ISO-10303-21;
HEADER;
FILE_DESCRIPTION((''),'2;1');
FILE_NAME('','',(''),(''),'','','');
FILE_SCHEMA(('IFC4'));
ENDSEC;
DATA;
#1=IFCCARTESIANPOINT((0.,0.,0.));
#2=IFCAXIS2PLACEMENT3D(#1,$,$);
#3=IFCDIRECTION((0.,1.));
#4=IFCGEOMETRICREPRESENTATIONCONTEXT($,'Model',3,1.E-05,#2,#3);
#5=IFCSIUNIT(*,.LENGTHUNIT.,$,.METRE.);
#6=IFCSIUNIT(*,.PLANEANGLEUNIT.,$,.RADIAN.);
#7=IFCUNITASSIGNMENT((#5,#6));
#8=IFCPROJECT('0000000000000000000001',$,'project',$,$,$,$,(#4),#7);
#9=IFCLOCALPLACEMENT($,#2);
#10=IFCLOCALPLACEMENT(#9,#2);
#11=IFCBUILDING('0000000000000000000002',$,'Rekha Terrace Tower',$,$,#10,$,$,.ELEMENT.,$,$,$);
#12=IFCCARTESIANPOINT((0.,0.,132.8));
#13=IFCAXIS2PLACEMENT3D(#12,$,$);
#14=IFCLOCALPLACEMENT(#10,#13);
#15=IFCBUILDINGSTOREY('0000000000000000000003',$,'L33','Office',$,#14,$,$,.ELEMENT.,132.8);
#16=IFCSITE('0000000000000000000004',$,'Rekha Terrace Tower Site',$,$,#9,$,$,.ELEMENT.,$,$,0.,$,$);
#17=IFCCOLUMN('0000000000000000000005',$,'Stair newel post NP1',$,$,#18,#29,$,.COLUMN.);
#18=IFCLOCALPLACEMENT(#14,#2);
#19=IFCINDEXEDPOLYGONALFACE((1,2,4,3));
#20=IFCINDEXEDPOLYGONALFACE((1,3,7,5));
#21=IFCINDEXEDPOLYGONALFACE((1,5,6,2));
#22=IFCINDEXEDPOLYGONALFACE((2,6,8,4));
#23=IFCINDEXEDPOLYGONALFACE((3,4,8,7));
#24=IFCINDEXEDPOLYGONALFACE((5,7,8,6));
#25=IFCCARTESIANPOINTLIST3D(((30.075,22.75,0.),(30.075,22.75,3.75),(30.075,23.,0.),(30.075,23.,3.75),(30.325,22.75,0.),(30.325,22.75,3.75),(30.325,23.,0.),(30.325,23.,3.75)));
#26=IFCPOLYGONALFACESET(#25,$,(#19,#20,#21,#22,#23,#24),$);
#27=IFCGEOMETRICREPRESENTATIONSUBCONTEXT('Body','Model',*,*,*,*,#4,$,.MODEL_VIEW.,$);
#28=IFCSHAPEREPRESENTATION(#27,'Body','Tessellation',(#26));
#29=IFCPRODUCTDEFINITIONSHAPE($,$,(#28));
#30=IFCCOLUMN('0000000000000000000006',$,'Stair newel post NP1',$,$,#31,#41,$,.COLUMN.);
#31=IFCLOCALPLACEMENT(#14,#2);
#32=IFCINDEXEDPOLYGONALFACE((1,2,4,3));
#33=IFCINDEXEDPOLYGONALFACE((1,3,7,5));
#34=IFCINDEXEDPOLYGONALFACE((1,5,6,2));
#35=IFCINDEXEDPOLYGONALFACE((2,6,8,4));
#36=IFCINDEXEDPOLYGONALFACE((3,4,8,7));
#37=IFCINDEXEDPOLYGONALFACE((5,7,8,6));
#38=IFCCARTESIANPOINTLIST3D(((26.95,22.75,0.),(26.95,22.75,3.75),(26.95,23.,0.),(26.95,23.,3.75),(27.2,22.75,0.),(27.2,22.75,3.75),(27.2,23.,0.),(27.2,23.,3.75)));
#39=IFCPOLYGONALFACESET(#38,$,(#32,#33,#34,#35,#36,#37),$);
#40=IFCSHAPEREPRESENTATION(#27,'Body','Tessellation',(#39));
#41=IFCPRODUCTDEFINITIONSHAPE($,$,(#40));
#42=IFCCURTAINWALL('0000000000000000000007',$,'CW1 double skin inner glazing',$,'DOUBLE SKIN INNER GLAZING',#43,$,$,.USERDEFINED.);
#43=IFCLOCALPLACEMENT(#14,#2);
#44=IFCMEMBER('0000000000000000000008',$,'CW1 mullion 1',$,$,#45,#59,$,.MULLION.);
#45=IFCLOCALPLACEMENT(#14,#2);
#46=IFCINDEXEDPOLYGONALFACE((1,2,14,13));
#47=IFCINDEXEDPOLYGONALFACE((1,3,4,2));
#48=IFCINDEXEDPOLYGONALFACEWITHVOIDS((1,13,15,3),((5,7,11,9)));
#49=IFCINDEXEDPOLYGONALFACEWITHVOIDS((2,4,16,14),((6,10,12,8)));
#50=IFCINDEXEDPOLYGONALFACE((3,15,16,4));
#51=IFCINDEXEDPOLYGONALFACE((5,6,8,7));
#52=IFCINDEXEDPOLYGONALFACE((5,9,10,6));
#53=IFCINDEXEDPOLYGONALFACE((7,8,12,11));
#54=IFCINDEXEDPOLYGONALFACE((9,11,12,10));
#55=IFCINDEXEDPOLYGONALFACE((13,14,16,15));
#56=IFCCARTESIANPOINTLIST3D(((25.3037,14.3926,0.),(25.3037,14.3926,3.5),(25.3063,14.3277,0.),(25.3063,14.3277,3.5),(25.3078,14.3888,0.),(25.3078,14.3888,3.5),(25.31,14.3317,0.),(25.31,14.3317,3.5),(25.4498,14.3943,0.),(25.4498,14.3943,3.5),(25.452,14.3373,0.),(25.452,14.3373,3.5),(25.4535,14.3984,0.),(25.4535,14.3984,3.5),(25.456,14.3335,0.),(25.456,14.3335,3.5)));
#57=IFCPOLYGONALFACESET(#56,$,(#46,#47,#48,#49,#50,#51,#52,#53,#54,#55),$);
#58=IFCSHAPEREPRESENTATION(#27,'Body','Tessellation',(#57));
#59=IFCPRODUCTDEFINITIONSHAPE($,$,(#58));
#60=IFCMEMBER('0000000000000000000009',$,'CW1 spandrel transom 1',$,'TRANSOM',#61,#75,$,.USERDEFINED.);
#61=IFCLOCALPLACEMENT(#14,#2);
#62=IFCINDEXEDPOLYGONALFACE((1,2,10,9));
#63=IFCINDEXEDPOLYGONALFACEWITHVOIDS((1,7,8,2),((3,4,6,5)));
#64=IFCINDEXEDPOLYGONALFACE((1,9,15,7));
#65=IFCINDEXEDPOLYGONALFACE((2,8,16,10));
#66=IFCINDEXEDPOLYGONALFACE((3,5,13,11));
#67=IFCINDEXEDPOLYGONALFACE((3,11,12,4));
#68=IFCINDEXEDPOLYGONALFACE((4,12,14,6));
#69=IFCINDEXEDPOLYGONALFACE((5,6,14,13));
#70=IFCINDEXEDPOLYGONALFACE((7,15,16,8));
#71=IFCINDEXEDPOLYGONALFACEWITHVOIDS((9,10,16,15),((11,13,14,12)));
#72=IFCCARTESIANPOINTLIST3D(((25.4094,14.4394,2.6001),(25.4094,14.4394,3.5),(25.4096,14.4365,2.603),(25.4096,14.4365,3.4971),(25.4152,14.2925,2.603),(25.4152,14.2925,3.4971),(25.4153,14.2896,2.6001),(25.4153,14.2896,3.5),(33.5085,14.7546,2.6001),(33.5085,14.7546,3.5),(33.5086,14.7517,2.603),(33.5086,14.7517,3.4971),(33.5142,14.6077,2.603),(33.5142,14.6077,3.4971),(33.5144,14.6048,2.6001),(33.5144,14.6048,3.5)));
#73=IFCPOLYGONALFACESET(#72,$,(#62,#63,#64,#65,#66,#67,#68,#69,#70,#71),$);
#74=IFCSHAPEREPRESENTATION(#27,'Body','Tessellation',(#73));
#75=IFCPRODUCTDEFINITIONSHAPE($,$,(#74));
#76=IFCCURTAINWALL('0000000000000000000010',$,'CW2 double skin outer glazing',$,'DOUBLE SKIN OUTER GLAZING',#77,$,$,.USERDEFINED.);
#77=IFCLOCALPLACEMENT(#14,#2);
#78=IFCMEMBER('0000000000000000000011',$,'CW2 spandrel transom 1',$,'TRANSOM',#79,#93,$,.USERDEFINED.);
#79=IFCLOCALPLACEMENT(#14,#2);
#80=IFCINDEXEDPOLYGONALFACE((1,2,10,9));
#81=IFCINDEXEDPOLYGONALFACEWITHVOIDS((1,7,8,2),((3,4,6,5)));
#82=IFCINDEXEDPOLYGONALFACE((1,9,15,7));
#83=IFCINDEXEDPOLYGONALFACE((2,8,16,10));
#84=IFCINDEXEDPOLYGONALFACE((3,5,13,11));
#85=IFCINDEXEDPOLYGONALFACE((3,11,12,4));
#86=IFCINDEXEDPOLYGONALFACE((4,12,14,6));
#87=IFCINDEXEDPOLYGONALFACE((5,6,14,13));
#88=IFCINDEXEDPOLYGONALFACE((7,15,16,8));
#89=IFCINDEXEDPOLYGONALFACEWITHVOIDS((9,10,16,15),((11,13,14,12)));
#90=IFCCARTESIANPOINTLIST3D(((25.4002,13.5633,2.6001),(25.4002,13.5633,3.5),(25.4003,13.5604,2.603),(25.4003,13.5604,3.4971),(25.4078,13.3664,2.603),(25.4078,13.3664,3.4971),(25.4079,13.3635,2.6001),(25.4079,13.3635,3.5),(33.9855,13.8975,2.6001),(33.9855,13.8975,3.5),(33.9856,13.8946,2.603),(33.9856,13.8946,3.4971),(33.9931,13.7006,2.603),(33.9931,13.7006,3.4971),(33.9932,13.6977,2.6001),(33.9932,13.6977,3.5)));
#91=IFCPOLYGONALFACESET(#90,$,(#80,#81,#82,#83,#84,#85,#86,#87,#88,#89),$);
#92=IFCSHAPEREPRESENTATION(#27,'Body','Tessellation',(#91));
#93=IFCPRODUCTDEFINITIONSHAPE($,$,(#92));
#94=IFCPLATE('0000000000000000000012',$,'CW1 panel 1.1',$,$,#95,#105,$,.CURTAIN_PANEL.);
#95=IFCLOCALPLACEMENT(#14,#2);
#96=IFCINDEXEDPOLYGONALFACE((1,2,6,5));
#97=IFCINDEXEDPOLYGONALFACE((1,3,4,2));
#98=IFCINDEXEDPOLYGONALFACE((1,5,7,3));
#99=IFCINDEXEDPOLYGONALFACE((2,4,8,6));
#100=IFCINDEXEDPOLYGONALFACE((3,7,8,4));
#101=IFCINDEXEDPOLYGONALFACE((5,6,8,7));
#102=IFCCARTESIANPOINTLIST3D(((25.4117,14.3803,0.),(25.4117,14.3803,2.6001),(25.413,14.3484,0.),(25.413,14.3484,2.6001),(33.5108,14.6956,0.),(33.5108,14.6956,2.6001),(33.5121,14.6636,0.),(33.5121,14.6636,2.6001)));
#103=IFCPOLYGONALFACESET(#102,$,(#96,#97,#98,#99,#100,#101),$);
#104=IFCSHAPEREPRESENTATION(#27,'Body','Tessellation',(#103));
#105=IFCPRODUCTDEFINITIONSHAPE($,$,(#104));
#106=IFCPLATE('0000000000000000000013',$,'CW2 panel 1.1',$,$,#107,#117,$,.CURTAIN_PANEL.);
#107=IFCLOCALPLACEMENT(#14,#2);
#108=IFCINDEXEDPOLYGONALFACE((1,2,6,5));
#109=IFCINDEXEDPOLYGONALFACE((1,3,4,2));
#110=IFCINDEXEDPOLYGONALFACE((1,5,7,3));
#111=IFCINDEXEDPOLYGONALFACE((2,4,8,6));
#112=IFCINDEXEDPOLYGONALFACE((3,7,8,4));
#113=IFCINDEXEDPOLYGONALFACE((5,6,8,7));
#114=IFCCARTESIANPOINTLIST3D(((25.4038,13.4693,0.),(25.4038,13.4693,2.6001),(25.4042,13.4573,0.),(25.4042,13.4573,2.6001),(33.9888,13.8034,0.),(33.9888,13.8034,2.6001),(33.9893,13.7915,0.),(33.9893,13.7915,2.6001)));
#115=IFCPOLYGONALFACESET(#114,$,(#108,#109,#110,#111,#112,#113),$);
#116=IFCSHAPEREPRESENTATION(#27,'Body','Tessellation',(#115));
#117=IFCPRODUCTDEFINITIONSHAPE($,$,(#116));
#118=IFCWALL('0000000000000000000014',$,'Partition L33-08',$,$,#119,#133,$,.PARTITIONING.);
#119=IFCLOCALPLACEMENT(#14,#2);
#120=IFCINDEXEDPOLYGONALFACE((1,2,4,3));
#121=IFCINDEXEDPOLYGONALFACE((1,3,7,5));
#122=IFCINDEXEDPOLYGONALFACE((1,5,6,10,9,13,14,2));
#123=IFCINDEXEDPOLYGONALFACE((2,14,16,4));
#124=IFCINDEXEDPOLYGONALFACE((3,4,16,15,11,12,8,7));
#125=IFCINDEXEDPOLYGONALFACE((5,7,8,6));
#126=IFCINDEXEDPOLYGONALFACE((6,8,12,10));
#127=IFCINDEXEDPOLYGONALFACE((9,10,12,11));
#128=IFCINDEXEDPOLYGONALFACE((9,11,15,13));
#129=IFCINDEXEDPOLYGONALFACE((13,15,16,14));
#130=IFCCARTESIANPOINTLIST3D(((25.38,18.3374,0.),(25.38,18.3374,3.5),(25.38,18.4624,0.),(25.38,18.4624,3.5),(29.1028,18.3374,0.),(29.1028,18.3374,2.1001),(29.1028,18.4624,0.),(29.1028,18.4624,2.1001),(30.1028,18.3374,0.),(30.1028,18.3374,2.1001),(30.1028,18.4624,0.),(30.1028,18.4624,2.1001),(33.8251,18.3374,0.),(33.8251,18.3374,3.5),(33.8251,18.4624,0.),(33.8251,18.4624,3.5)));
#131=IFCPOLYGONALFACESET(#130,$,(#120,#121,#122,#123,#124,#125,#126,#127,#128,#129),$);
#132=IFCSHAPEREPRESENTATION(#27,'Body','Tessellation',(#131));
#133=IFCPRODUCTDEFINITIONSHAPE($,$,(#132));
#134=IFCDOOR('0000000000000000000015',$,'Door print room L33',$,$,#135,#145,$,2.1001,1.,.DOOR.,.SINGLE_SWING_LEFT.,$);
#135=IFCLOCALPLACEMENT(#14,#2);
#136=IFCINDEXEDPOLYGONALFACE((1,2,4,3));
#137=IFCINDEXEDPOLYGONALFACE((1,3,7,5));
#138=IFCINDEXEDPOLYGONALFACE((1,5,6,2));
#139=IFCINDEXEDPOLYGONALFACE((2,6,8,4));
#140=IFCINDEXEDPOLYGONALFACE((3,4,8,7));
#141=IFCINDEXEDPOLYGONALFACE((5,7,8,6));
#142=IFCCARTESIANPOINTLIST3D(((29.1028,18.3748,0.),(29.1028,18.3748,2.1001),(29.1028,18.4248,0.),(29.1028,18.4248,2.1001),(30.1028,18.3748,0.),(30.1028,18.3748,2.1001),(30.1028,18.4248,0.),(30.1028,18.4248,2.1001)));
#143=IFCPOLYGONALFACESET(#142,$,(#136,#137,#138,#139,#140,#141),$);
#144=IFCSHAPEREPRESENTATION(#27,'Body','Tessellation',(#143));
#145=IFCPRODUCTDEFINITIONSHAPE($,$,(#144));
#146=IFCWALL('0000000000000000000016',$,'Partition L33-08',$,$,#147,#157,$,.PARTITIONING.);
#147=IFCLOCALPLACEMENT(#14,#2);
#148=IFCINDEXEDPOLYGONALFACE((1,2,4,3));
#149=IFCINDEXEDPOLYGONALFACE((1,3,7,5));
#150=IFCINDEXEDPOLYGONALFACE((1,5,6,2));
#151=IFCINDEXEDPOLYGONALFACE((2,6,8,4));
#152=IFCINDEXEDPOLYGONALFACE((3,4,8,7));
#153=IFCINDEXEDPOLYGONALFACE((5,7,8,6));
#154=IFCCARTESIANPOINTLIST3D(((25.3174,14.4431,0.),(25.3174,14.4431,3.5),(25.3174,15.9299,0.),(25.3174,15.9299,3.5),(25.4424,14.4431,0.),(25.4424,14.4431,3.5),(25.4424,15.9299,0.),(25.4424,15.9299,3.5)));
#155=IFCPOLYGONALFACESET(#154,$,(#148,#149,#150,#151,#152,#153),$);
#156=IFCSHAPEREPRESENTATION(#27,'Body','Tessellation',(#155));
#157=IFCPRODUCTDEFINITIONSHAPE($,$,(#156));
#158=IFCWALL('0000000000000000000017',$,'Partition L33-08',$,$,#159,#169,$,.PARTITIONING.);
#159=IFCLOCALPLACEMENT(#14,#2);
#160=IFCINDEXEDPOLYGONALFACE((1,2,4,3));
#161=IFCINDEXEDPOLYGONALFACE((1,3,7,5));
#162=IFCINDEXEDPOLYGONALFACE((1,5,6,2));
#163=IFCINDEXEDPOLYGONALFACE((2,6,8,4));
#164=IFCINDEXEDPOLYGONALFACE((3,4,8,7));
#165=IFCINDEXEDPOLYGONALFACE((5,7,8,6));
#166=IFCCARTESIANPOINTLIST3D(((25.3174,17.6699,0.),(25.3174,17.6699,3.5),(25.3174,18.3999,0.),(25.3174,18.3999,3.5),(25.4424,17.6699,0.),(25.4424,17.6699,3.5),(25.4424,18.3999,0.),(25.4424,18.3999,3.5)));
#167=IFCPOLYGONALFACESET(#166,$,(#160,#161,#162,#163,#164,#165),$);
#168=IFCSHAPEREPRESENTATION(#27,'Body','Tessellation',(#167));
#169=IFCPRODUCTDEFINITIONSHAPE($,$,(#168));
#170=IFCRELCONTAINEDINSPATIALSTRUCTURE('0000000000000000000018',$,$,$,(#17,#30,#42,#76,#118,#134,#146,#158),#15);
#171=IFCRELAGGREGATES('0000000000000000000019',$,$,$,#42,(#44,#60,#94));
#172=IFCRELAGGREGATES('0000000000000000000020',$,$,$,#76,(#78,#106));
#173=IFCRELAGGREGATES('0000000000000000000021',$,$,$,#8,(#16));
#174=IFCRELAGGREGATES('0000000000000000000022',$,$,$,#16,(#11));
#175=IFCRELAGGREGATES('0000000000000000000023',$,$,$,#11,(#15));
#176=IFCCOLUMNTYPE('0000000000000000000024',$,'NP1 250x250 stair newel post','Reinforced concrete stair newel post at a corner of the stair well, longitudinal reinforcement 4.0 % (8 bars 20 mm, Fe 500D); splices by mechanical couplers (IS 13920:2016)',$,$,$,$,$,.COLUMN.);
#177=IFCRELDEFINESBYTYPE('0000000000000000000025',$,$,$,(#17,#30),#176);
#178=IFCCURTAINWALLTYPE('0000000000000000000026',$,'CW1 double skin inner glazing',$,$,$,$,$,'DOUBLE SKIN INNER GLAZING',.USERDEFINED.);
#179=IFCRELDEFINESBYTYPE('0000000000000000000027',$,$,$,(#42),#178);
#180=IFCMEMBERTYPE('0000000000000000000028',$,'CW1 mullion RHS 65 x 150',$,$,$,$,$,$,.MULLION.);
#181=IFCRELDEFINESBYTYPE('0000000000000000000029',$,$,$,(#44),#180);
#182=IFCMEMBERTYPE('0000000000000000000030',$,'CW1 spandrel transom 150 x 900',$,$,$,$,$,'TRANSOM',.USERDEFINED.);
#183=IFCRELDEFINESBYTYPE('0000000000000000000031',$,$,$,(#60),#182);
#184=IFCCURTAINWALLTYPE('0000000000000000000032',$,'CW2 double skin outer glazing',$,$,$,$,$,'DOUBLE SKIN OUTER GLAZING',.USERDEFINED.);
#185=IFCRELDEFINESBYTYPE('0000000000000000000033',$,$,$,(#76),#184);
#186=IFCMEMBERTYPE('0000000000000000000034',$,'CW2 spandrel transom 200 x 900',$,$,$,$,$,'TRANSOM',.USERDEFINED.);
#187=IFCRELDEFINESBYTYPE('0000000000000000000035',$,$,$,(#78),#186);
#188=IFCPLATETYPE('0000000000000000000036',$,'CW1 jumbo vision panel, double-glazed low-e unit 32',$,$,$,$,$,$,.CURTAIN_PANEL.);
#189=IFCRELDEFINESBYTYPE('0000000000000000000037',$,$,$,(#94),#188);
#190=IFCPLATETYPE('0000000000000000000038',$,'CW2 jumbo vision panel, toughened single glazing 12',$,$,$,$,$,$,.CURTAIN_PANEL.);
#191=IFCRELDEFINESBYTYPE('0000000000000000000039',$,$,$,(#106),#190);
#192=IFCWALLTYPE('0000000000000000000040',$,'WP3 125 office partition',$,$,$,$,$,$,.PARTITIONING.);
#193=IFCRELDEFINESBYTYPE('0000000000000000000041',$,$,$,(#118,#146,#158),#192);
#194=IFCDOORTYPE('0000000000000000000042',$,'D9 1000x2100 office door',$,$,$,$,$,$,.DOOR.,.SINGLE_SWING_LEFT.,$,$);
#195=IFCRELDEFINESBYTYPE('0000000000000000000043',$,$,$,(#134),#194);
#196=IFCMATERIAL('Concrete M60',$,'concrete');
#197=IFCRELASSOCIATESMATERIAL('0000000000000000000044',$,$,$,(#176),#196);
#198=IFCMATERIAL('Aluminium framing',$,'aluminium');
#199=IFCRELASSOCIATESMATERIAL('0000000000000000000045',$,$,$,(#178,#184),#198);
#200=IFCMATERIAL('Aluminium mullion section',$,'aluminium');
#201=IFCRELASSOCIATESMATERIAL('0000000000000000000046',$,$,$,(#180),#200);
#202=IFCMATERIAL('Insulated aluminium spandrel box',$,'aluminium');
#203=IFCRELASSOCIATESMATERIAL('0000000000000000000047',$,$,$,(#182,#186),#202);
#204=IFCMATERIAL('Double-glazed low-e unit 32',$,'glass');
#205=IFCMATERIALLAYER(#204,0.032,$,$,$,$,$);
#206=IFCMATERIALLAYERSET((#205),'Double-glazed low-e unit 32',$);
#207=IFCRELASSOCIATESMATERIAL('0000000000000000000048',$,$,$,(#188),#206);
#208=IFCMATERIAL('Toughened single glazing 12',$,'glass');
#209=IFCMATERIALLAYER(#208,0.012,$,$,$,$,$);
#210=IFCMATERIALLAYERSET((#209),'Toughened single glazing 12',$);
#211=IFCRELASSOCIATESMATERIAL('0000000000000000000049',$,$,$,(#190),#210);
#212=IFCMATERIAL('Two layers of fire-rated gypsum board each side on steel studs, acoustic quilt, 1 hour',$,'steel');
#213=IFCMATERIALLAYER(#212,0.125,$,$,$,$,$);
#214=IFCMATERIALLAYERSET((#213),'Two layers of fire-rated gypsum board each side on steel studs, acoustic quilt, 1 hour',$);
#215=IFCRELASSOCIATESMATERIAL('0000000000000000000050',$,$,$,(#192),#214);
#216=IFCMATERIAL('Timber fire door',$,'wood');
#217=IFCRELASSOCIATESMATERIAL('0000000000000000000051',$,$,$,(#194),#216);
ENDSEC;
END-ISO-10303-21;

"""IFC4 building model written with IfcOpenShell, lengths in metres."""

from ifc_helpers import new_model, si_unit, direction, frame, frame_2d, origin, origin_2d, place, context, subcontext, project, spatial, rectangle, hollow_rectangle, extrude, material, layer, layer_set, material_profile, profile_set, type_object, element, fill, aggregate, save


model = new_model("IFC4")

# Units and contexts
model_context = context("Model", 3, precision=1e-05, world=origin(), true_north=direction((0.0, 1.0)))
body_context = subcontext(model_context, "Body", "Model", "MODEL_VIEW")
ifc_project = project(units=[si_unit("LENGTHUNIT", "METRE"), si_unit("PLANEANGLEUNIT", "RADIAN")], contexts=[model_context])

# Site, building, storey
site_placement = place(None, origin())
site = spatial("IfcSite", under=ifc_project, at=site_placement, Name="Rekha Terrace Tower Site", CompositionType="ELEMENT", RefElevation=0.0)
building_placement = place(site_placement, origin())
building = spatial("IfcBuilding", under=site, at=building_placement, Name="Rekha Terrace Tower", CompositionType="ELEMENT")
storey_placement = place(building_placement, frame((0.0, 0.0, 132.8)))
storey = spatial("IfcBuildingStorey", under=building, at=storey_placement, Name="L33", Description="Office", CompositionType="ELEMENT", Elevation=132.8)

# Columns
ifc_material_1 = material(Name="Concrete M60", Category="concrete")
ifc_material_profile_1 = material_profile(ifc_material_1, rectangle(XDim=0.25, YDim=0.25, at=origin_2d()), Name="RC 250x250")
ifc_profile_set_1 = profile_set([ifc_material_profile_1], Name="Concrete M60")
column_type = type_object("IfcColumnType", Name="NP1 250x250 stair newel post", Description="Reinforced concrete stair newel post at a corner of the stair well, longitudinal reinforcement 4.0 % (8 bars 20 mm, Fe 500D); splices by mechanical couplers (IS 13920:2016)", PredefinedType="COLUMN", material=ifc_profile_set_1)
for number, where, z_axis, x_axis, name in (
    (1, (30.2, 22.875, 0.0), (0.0, 0.0, 1.0), (1.0, 0.0, 0.0), "Stair newel post NP1"),
    (2, (27.075, 22.875, 0.0), (0.0, 0.0, 1.0), (1.0, 0.0, 0.0), "Stair newel post NP1"),
):
    element("IfcColumn", number, at=place(storey_placement, frame(where, z_axis=z_axis, x_axis=x_axis)), inside=storey, type_object=column_type, Name=name, PredefinedType="COLUMN", context=body_context, shape_type="SweptSolid", body=[
        extrude(rectangle(XDim=0.25, YDim=0.25, at=origin_2d()), origin(), (0.0, 0.0, 1.0), 3.75),
    ])

# Curtain wall, members
ifc_material_2 = material(Name="Aluminium framing", Category="aluminium")
curtain_wall_type_1 = type_object("IfcCurtainWallType", Name="CW1 double skin inner glazing", ElementType="DOUBLE SKIN INNER GLAZING", PredefinedType="USERDEFINED", material=ifc_material_2)
curtain_wall_1_placement = place(storey_placement, origin())
curtain_wall_1 = element("IfcCurtainWall", 3, at=curtain_wall_1_placement, inside=storey, type_object=curtain_wall_type_1, Name="CW1 double skin inner glazing", ObjectType="DOUBLE SKIN INNER GLAZING", PredefinedType="USERDEFINED")
ifc_material_3 = material(Name="Aluminium mullion section", Category="aluminium")
ifc_material_profile_2 = material_profile(ifc_material_3, hollow_rectangle(XDim=0.0649, YDim=0.1499, WallThickness=0.0039, at=origin_2d()), Name="AL RHS 65x150")
ifc_profile_set_2 = profile_set([ifc_material_profile_2], Name="Aluminium mullion section")
member_type_1 = type_object("IfcMemberType", Name="CW1 mullion RHS 65 x 150", PredefinedType="MULLION", material=ifc_profile_set_2)
member_1_placement = place(storey_placement, frame((25.3799, 14.363, 0.0), z_axis=(0.0, 0.0, 1.0), x_axis=(-0.03889, 0.999243, 0.0)))
member_1 = element("IfcMember", 4, at=member_1_placement, type_object=member_type_1, Name="CW1 mullion 1", PredefinedType="MULLION", context=body_context, shape_type="SweptSolid", body=[
    extrude(hollow_rectangle(XDim=0.0649, YDim=0.1499, WallThickness=0.0039, at=origin_2d()), origin(), (0.0, 0.0, 1.0), 3.5),
])
ifc_material_4 = material(Name="Insulated aluminium spandrel box", Category="aluminium")
ifc_material_profile_3 = material_profile(ifc_material_4, hollow_rectangle(XDim=0.1499, YDim=0.8999, WallThickness=0.0029, at=origin_2d()), Name="AL SPANDREL BOX 150x900")
ifc_profile_set_3 = profile_set([ifc_material_profile_3], Name="Insulated aluminium spandrel box")
member_type_2 = type_object("IfcMemberType", Name="CW1 spandrel transom 150 x 900", ElementType="TRANSOM", PredefinedType="USERDEFINED", material=ifc_profile_set_3)
member_2_placement = place(storey_placement, frame((25.4124, 14.3645, 3.05), z_axis=(0.999244, 0.038887, 0.0), x_axis=(-0.038887, 0.999244, 0.0)))
member_2 = element("IfcMember", 5, at=member_2_placement, type_object=member_type_2, Name="CW1 spandrel transom 1", ObjectType="TRANSOM", PredefinedType="USERDEFINED", context=body_context, shape_type="SweptSolid", body=[
    extrude(hollow_rectangle(XDim=0.1499, YDim=0.8999, WallThickness=0.0029, at=origin_2d()), origin(), (0.0, 0.0, 1.0), 8.1052),
])

# Curtain wall, member
curtain_wall_type_2 = type_object("IfcCurtainWallType", Name="CW2 double skin outer glazing", ElementType="DOUBLE SKIN OUTER GLAZING", PredefinedType="USERDEFINED", material=ifc_material_2)
curtain_wall_2_placement = place(storey_placement, origin())
curtain_wall_2 = element("IfcCurtainWall", 6, at=curtain_wall_2_placement, inside=storey, type_object=curtain_wall_type_2, Name="CW2 double skin outer glazing", ObjectType="DOUBLE SKIN OUTER GLAZING", PredefinedType="USERDEFINED")
ifc_material_profile_4 = material_profile(ifc_material_4, hollow_rectangle(XDim=0.2, YDim=0.8999, WallThickness=0.0029, at=origin_2d()), Name="AL SPANDREL BOX 200x900")
ifc_profile_set_4 = profile_set([ifc_material_profile_4], Name="Insulated aluminium spandrel box")
member_type_3 = type_object("IfcMemberType", Name="CW2 spandrel transom 200 x 900", ElementType="TRANSOM", PredefinedType="USERDEFINED", material=ifc_profile_set_4)
member_3_placement = place(storey_placement, frame((25.4041, 13.4634, 3.05), z_axis=(0.999243, 0.038901, 0.0), x_axis=(-0.038901, 0.999243, 0.0)))
member_3 = element("IfcMember", 7, at=member_3_placement, type_object=member_type_3, Name="CW2 spandrel transom 1", ObjectType="TRANSOM", PredefinedType="USERDEFINED", context=body_context, shape_type="SweptSolid", body=[
    extrude(hollow_rectangle(XDim=0.2, YDim=0.8999, WallThickness=0.0029, at=origin_2d()), origin(), (0.0, 0.0, 1.0), 8.5918),
])

# Plates
ifc_material_5 = material(Name="Double-glazed low-e unit 32", Category="glass")
ifc_layer_1 = layer(ifc_material_5, 0.032)
ifc_layer_set_1 = layer_set([ifc_layer_1], Name="Double-glazed low-e unit 32")
plate_type_1 = type_object("IfcPlateType", Name="CW1 jumbo vision panel, double-glazed low-e unit 32", PredefinedType="CURTAIN_PANEL", material=ifc_layer_set_1)
plate_1_placement = place(storey_placement, frame((29.4619, 14.522, 0.0), z_axis=(0.0, 0.0, 1.0), x_axis=(0.999243, 0.03889, 0.0)))
plate_1 = element("IfcPlate", 8, at=plate_1_placement, type_object=plate_type_1, Name="CW1 panel 1.1", PredefinedType="CURTAIN_PANEL", context=body_context, shape_type="SweptSolid", body=[
    extrude(rectangle(XDim=8.1052, YDim=0.032, at=origin_2d()), origin(), (0.0, 0.0, 1.0), 2.6001),
])
aggregate(curtain_wall_1, [member_1, member_2, plate_1])
ifc_material_6 = material(Name="Toughened single glazing 12", Category="glass")
ifc_layer_2 = layer(ifc_material_6, 0.012)
ifc_layer_set_2 = layer_set([ifc_layer_2], Name="Toughened single glazing 12")
plate_type_2 = type_object("IfcPlateType", Name="CW2 jumbo vision panel, toughened single glazing 12", PredefinedType="CURTAIN_PANEL", material=ifc_layer_set_2)
plate_2_placement = place(storey_placement, frame((29.6965, 13.6304, 0.0), z_axis=(0.0, 0.0, 1.0), x_axis=(0.999243, 0.03889, 0.0)))
plate_2 = element("IfcPlate", 9, at=plate_2_placement, type_object=plate_type_2, Name="CW2 panel 1.1", PredefinedType="CURTAIN_PANEL", context=body_context, shape_type="SweptSolid", body=[
    extrude(rectangle(XDim=8.5916, YDim=0.012, at=origin_2d()), origin(), (0.0, 0.0, 1.0), 2.6001),
])
aggregate(curtain_wall_2, [member_3, plate_2])

# Wall, opening, door
ifc_material_7 = material(Name="Two layers of fire-rated gypsum board each side on steel studs, acoustic quilt, 1 hour", Category="steel")
ifc_layer_3 = layer(ifc_material_7, 0.125)
ifc_layer_set_3 = layer_set([ifc_layer_3], Name="Two layers of fire-rated gypsum board each side on steel studs, acoustic quilt, 1 hour")
wall_type = type_object("IfcWallType", Name="WP3 125 office partition", PredefinedType="PARTITIONING", material=ifc_layer_set_3)
wall_1_placement = place(storey_placement, frame((25.3799, 18.3999, 0.0), z_axis=(0.0, 0.0, 1.0), x_axis=(1.0, 0.0, 0.0)))
wall_1 = element("IfcWall", 10, at=wall_1_placement, inside=storey, type_object=wall_type, Name="Partition L33-08", PredefinedType="PARTITIONING", context=body_context, shape_type="SweptSolid", body=[
    extrude(rectangle(XDim=8.4451, YDim=0.125, at=frame_2d((4.2227, 0.0))), origin(), (0.0, 0.0, 1.0), 3.5),
])
opening_placement = place(wall_1_placement, frame((3.7229, 0.0, 0.0)))
opening = element("IfcOpeningElement", 11, at=opening_placement, cuts=wall_1, PredefinedType="OPENING", context=body_context, shape_type="SweptSolid", body=[
    extrude(rectangle(XDim=1.0, YDim=2.1001, at=frame_2d((0.5, 1.05))), frame((0.0, 0.0725, 0.0), z_axis=(0.0, -1.0, 0.0), x_axis=(1.0, 0.0, 0.0)), (0.0, 0.0, 1.0), 0.145),
])
ifc_material_8 = material(Name="Timber fire door", Category="wood")
door_type = type_object("IfcDoorType", Name="D9 1000x2100 office door", OperationType="SINGLE_SWING_LEFT", PredefinedType="DOOR", material=ifc_material_8)
door_placement = place(opening_placement, origin())
door = element("IfcDoor", 12, at=door_placement, inside=storey, type_object=door_type, Name="Door print room L33", OperationType="SINGLE_SWING_LEFT", OverallHeight=2.1001, OverallWidth=1.0, PredefinedType="DOOR", context=body_context, shape_type="SweptSolid", body=[
    extrude(rectangle(XDim=1.0, YDim=2.1001, at=frame_2d((0.5, 1.05))), frame((0.0, 0.0249, 0.0), z_axis=(0.0, -1.0, 0.0), x_axis=(1.0, 0.0, 0.0)), (0.0, 0.0, 1.0), 0.05),
])
fill(opening, door)

# Walls
wall_2_placement = place(storey_placement, frame((25.3799, 14.4431, 0.0), z_axis=(0.0, 0.0, 1.0), x_axis=(0.0, 1.0, 0.0)))
element("IfcWall", 13, at=wall_2_placement, inside=storey, type_object=wall_type, Name="Partition L33-08", PredefinedType="PARTITIONING", context=body_context, shape_type="SweptSolid", body=[
    extrude(rectangle(XDim=1.4868, YDim=0.125, at=frame_2d((0.7434, 0.0))), origin(), (0.0, 0.0, 1.0), 3.5),
])
wall_3_placement = place(storey_placement, frame((25.3799, 17.6699, 0.0), z_axis=(0.0, 0.0, 1.0), x_axis=(0.0, 1.0, 0.0)))
element("IfcWall", 14, at=wall_3_placement, inside=storey, type_object=wall_type, Name="Partition L33-08", PredefinedType="PARTITIONING", context=body_context, shape_type="SweptSolid", body=[
    extrude(rectangle(XDim=0.73, YDim=0.125, at=frame_2d((0.365, 0.0))), origin(), (0.0, 0.0, 1.0), 3.5),
])

save(model, "model.ifc")
